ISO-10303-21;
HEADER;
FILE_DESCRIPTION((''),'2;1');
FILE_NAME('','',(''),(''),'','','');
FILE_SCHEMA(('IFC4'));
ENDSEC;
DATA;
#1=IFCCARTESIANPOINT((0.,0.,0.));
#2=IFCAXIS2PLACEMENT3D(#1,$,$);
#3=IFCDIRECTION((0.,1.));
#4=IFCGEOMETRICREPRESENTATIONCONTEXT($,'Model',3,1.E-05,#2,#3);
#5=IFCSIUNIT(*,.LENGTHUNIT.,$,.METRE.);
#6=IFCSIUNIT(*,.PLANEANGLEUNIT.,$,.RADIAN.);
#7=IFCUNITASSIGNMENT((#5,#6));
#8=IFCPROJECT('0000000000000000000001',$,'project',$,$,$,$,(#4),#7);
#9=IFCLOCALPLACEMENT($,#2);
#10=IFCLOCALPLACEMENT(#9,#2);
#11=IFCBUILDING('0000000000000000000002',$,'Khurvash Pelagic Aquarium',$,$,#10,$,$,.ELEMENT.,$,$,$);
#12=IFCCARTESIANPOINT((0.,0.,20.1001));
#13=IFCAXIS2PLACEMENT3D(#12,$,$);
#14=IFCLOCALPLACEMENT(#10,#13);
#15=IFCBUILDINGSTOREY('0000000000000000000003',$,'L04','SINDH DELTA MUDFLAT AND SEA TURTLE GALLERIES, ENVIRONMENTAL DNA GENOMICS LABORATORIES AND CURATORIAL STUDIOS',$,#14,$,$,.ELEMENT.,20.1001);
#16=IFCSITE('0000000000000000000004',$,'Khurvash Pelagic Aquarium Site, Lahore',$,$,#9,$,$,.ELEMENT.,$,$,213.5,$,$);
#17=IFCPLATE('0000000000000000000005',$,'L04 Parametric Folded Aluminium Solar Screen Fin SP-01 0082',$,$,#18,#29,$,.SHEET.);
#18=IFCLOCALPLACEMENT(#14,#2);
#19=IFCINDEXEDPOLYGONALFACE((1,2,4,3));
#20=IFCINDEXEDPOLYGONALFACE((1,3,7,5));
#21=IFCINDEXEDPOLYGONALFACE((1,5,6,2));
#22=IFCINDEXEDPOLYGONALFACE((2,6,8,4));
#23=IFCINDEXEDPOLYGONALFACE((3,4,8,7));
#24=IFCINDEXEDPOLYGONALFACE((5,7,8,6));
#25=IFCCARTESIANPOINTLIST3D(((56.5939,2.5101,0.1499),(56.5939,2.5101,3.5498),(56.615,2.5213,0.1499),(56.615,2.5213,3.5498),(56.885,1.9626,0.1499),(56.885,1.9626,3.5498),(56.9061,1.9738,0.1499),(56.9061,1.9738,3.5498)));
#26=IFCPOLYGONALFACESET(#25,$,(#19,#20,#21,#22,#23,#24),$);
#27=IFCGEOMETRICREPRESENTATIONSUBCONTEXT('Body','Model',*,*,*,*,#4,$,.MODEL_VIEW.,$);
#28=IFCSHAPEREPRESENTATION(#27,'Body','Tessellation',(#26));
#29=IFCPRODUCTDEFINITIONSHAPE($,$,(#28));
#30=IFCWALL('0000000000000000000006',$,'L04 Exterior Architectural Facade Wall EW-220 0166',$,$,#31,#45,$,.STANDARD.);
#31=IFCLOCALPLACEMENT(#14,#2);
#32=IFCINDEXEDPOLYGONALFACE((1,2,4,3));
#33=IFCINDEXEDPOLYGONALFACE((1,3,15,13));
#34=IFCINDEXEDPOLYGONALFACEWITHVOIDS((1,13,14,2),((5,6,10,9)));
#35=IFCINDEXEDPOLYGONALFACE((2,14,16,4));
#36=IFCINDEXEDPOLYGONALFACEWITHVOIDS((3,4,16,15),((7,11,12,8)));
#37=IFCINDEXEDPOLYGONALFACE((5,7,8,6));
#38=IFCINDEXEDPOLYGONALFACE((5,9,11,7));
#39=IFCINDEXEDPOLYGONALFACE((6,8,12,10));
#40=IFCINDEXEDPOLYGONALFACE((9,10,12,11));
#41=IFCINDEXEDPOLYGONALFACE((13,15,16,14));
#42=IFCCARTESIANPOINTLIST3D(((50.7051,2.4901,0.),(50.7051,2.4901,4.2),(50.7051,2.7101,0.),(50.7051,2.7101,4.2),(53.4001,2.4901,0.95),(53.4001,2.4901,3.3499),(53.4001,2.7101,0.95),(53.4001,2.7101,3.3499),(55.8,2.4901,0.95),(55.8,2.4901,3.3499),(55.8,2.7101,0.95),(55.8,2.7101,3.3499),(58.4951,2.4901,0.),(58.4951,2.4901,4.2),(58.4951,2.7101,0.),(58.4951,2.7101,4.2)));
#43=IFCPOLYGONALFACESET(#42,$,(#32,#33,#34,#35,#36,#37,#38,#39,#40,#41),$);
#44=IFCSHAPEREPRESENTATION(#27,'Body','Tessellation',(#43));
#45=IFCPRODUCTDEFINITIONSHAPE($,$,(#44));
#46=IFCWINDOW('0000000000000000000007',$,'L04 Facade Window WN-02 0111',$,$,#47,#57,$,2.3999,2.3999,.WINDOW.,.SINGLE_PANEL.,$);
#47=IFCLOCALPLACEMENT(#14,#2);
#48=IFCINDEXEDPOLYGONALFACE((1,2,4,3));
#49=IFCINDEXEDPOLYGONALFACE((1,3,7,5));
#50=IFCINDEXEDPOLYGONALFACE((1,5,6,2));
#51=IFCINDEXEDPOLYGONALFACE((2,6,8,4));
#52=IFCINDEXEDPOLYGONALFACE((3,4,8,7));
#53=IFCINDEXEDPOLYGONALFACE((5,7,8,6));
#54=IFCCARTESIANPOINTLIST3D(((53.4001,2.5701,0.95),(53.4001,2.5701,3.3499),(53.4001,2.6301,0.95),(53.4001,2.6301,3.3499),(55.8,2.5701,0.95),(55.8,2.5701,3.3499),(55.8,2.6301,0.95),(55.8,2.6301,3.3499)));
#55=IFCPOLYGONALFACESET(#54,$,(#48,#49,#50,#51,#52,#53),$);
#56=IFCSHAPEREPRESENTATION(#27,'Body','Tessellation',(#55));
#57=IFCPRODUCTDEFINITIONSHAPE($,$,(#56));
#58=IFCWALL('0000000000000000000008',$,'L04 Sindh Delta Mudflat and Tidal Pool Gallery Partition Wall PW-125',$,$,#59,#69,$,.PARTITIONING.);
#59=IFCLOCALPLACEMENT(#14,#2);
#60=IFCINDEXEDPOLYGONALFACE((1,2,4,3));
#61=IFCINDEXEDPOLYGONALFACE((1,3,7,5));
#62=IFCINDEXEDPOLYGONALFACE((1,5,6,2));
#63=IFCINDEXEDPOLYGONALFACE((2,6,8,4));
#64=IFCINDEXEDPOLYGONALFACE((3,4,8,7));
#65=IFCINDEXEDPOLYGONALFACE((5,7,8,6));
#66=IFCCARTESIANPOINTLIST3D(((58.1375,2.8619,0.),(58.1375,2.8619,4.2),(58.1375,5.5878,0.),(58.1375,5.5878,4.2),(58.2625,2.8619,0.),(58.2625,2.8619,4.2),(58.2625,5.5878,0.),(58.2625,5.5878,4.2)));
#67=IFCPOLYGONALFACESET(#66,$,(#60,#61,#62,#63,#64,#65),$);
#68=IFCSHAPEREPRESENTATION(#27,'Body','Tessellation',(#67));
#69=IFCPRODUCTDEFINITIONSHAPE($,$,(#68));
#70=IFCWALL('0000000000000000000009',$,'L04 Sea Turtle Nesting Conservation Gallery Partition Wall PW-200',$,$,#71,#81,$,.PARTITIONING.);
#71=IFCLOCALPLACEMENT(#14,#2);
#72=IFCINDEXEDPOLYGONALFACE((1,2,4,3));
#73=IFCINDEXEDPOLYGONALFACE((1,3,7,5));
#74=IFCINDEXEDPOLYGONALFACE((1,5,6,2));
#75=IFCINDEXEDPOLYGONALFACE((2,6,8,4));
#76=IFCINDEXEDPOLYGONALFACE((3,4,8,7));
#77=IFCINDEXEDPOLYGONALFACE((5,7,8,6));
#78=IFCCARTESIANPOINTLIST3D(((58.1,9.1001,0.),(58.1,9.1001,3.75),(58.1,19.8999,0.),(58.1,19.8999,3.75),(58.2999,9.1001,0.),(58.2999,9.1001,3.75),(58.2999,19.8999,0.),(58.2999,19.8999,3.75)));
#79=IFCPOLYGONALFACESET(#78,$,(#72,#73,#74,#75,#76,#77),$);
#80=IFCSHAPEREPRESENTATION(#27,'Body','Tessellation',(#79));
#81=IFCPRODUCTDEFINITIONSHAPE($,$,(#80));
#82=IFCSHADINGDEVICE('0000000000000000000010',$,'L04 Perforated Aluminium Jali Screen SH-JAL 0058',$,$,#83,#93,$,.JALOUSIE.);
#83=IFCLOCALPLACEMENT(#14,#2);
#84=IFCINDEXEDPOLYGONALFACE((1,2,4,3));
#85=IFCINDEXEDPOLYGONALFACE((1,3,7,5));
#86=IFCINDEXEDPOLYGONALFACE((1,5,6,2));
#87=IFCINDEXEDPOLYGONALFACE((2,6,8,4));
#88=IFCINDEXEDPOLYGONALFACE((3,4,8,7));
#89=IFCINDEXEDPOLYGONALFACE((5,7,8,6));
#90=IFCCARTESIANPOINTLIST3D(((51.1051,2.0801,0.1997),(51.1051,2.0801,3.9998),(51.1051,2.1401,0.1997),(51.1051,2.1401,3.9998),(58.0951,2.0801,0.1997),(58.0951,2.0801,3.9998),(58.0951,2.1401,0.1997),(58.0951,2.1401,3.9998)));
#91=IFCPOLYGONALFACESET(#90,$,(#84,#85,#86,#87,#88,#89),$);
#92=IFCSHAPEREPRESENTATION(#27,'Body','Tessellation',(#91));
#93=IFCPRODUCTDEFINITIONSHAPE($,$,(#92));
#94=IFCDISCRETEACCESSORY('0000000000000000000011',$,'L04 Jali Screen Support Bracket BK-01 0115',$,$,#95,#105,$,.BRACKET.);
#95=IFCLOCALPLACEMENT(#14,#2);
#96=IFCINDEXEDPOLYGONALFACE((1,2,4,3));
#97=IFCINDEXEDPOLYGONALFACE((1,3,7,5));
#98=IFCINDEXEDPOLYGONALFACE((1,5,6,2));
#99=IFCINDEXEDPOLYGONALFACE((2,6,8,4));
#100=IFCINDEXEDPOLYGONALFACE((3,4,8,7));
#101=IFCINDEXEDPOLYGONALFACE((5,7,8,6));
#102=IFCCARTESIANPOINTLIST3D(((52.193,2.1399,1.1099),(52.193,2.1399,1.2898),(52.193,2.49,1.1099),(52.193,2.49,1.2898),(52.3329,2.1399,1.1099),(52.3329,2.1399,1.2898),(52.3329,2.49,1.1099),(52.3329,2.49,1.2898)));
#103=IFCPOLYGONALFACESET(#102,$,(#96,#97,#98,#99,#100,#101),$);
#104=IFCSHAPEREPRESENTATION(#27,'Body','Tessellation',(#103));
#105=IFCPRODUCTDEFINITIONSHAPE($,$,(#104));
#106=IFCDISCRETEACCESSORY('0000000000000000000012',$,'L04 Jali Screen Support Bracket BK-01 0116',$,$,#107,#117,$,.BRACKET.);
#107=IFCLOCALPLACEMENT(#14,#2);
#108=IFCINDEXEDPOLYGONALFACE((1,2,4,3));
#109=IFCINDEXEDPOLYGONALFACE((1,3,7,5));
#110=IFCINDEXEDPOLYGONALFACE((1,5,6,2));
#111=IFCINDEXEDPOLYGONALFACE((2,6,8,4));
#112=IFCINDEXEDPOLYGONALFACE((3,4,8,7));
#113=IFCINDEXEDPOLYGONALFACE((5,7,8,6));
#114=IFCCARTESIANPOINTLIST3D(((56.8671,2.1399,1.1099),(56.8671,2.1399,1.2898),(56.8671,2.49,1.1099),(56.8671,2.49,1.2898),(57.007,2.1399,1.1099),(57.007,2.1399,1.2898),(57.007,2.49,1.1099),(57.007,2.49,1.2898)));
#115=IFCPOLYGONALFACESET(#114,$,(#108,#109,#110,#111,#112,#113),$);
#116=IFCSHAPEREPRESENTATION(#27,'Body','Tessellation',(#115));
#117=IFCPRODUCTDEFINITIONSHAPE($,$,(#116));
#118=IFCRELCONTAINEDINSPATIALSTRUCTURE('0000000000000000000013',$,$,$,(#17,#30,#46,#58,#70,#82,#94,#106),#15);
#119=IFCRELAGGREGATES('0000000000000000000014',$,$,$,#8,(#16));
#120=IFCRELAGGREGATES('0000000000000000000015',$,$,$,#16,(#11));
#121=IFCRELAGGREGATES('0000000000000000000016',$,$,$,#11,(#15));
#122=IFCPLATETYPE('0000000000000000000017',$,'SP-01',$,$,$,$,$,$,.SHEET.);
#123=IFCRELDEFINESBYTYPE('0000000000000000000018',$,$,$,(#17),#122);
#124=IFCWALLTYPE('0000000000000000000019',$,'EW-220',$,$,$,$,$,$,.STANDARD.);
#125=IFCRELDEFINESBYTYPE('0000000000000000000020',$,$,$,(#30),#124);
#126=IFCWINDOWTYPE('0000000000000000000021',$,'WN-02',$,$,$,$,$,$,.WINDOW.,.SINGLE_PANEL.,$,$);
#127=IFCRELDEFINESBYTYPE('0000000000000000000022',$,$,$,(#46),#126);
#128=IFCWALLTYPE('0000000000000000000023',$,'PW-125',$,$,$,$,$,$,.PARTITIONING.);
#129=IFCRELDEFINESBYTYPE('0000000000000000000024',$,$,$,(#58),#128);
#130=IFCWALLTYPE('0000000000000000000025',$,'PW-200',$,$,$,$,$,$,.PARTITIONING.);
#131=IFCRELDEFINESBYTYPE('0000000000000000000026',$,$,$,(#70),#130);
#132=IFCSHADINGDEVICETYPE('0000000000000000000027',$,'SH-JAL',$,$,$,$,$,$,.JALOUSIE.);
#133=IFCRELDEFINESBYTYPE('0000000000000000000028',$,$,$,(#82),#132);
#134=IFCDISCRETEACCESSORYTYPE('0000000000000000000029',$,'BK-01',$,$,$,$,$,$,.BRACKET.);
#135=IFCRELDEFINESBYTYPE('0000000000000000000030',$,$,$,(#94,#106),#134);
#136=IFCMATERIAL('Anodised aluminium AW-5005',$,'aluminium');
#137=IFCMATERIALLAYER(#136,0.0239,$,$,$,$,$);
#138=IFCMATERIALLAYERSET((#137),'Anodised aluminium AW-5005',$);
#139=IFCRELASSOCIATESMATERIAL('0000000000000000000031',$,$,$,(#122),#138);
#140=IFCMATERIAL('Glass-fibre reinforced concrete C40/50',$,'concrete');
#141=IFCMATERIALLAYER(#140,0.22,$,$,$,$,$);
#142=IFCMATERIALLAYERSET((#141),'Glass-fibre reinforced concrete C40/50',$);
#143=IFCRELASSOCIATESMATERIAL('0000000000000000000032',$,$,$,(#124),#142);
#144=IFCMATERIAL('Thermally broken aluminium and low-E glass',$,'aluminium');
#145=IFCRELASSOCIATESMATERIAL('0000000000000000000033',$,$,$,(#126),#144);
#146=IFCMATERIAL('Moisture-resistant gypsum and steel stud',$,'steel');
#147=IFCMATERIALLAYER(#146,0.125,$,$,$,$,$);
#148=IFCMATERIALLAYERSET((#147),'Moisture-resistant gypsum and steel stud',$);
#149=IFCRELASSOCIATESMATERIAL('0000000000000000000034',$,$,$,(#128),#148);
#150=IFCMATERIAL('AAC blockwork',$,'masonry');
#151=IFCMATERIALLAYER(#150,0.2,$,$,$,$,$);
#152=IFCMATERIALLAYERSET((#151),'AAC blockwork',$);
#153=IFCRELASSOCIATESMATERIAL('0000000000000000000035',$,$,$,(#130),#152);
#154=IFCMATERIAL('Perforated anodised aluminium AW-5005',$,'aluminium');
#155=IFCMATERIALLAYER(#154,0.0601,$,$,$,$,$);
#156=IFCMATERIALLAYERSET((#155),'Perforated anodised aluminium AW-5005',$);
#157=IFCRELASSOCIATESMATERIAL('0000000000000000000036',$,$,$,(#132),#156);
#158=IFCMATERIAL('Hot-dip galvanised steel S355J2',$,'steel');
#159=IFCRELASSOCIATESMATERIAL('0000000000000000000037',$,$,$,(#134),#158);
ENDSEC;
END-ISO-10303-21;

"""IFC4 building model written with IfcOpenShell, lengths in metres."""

from ifc_helpers import new_model, si_unit, direction, frame, frame_2d, origin, origin_2d, place, context, subcontext, project, spatial, rectangle, extrude, material, layer, layer_set, type_object, element, fill, save


model = new_model("IFC4")

# Units and contexts
model_context = context("Model", 3, precision=1e-05, world=origin(), true_north=direction((0.0, 1.0)))
body_context = subcontext(model_context, "Body", "Model", "MODEL_VIEW")
ifc_project = project(units=[si_unit("LENGTHUNIT", "METRE"), si_unit("PLANEANGLEUNIT", "RADIAN")], contexts=[model_context])

# Site, building, storey
site_placement = place(None, origin())
site = spatial("IfcSite", under=ifc_project, at=site_placement, Name="Khurvash Pelagic Aquarium Site, Lahore", CompositionType="ELEMENT", RefElevation=213.5)
building_placement = place(site_placement, origin())
building = spatial("IfcBuilding", under=site, at=building_placement, Name="Khurvash Pelagic Aquarium", CompositionType="ELEMENT")
storey_placement = place(building_placement, frame((0.0, 0.0, 20.1001)))
storey = spatial("IfcBuildingStorey", under=building, at=storey_placement, Name="L04", Description="SINDH DELTA MUDFLAT AND SEA TURTLE GALLERIES, ENVIRONMENTAL DNA GENOMICS LABORATORIES AND CURATORIAL STUDIOS", CompositionType="ELEMENT", Elevation=20.1001)

# Plate
ifc_material_1 = material(Name="Anodised aluminium AW-5005", Category="aluminium")
ifc_layer_1 = layer(ifc_material_1, 0.0239)
ifc_layer_set_1 = layer_set([ifc_layer_1], Name="Anodised aluminium AW-5005")
plate_type = type_object("IfcPlateType", Name="SP-01", PredefinedType="SHEET", material=ifc_layer_set_1)
for number, where, z_axis, x_axis, name in (
    (1, (56.75, 2.2419, 0.1499), (0.0, 0.0, 1.0), (0.469472, -0.882948, 0.0), "L04 Parametric Folded Aluminium Solar Screen Fin SP-01 0082"),
):
    element("IfcPlate", number, at=place(storey_placement, frame(where, z_axis=z_axis, x_axis=x_axis)), inside=storey, type_object=plate_type, Name=name, PredefinedType="SHEET", context=body_context, shape_type="SweptSolid", body=[
        extrude(rectangle(XDim=0.6201, YDim=0.0239, at=origin_2d()), origin(), (0.0, 0.0, 1.0), 3.3999),
    ])

# Wall, opening, window
ifc_material_2 = material(Name="Glass-fibre reinforced concrete C40/50", Category="concrete")
ifc_layer_2 = layer(ifc_material_2, 0.22)
ifc_layer_set_2 = layer_set([ifc_layer_2], Name="Glass-fibre reinforced concrete C40/50")
wall_type_1 = type_object("IfcWallType", Name="EW-220", PredefinedType="STANDARD", material=ifc_layer_set_2)
wall_1_placement = place(storey_placement, frame((50.7051, 2.6001, 0.0), z_axis=(0.0, 0.0, 1.0), x_axis=(1.0, 0.0, 0.0)))
wall_1 = element("IfcWall", 2, at=wall_1_placement, inside=storey, type_object=wall_type_1, Name="L04 Exterior Architectural Facade Wall EW-220 0166", PredefinedType="STANDARD", context=body_context, shape_type="SweptSolid", body=[
    extrude(rectangle(XDim=7.79, YDim=0.22, at=frame_2d((3.895, 0.0))), origin(), (0.0, 0.0, 1.0), 4.2),
])
opening_placement = place(wall_1_placement, frame((2.6951, 0.0, 0.95)))
opening = element("IfcOpeningElement", 3, at=opening_placement, cuts=wall_1, PredefinedType="OPENING", context=body_context, shape_type="SweptSolid", body=[
    extrude(rectangle(XDim=2.3999, YDim=2.3999, at=frame_2d((1.2, 1.2))), frame((0.0, 0.1201, 0.0), z_axis=(0.0, -1.0, 0.0), x_axis=(1.0, 0.0, 0.0)), (0.0, 0.0, 1.0), 0.24),
])
ifc_material_3 = material(Name="Thermally broken aluminium and low-E glass", Category="aluminium")
window_type = type_object("IfcWindowType", Name="WN-02", PartitioningType="SINGLE_PANEL", PredefinedType="WINDOW", material=ifc_material_3)
window_placement = place(opening_placement, origin())
window = element("IfcWindow", 4, at=window_placement, inside=storey, type_object=window_type, Name="L04 Facade Window WN-02 0111", OverallHeight=2.3999, OverallWidth=2.3999, PartitioningType="SINGLE_PANEL", PredefinedType="WINDOW", context=body_context, shape_type="SweptSolid", body=[
    extrude(rectangle(XDim=2.3999, YDim=2.3999, at=frame_2d((1.2, 1.2))), frame((0.0, 0.03, 0.0), z_axis=(0.0, -1.0, 0.0), x_axis=(1.0, 0.0, 0.0)), (0.0, 0.0, 1.0), 0.0601),
])
fill(opening, window)

# Walls
ifc_material_4 = material(Name="Moisture-resistant gypsum and steel stud", Category="steel")
ifc_layer_3 = layer(ifc_material_4, 0.125)
ifc_layer_set_3 = layer_set([ifc_layer_3], Name="Moisture-resistant gypsum and steel stud")
wall_type_2 = type_object("IfcWallType", Name="PW-125", PredefinedType="PARTITIONING", material=ifc_layer_set_3)
wall_2_placement = place(storey_placement, frame((58.2, 2.8621, 0.0), z_axis=(0.0, 0.0, 1.0), x_axis=(0.0, 1.0, 0.0)))
element("IfcWall", 5, at=wall_2_placement, inside=storey, type_object=wall_type_2, Name="L04 Sindh Delta Mudflat and Tidal Pool Gallery Partition Wall PW-125", PredefinedType="PARTITIONING", context=body_context, shape_type="SweptSolid", body=[
    extrude(rectangle(XDim=2.7258, YDim=0.125, at=frame_2d((1.3628, 0.0))), origin(), (0.0, 0.0, 1.0), 4.2),
])
ifc_material_5 = material(Name="AAC blockwork", Category="masonry")
ifc_layer_4 = layer(ifc_material_5, 0.2)
ifc_layer_set_4 = layer_set([ifc_layer_4], Name="AAC blockwork")
wall_type_3 = type_object("IfcWallType", Name="PW-200", PredefinedType="PARTITIONING", material=ifc_layer_set_4)
wall_3_placement = place(storey_placement, frame((58.2, 9.1001, 0.0), z_axis=(0.0, 0.0, 1.0), x_axis=(0.0, 1.0, 0.0)))
element("IfcWall", 6, at=wall_3_placement, inside=storey, type_object=wall_type_3, Name="L04 Sea Turtle Nesting Conservation Gallery Partition Wall PW-200", PredefinedType="PARTITIONING", context=body_context, shape_type="SweptSolid", body=[
    extrude(rectangle(XDim=10.7998, YDim=0.2, at=frame_2d((5.3999, 0.0))), origin(), (0.0, 0.0, 1.0), 3.75),
])

# Shading device
ifc_material_6 = material(Name="Perforated anodised aluminium AW-5005", Category="aluminium")
ifc_layer_5 = layer(ifc_material_6, 0.0601)
ifc_layer_set_5 = layer_set([ifc_layer_5], Name="Perforated anodised aluminium AW-5005")
shading_device_type = type_object("IfcShadingDeviceType", Name="SH-JAL", PredefinedType="JALOUSIE", material=ifc_layer_set_5)
shading_device_placement = place(storey_placement, frame((54.6001, 2.1101, 0.1997), z_axis=(0.0, 0.0, 1.0), x_axis=(1.0, 0.0, 0.0)))
element("IfcShadingDevice", 7, at=shading_device_placement, inside=storey, type_object=shading_device_type, Name="L04 Perforated Aluminium Jali Screen SH-JAL 0058", PredefinedType="JALOUSIE", context=body_context, shape_type="SweptSolid", body=[
    extrude(rectangle(XDim=6.99, YDim=0.0601, at=origin_2d()), origin(), (0.0, 0.0, 1.0), 3.8),
])

# Discrete accessories
ifc_material_7 = material(Name="Hot-dip galvanised steel S355J2", Category="steel")
discrete_accessory_type = type_object("IfcDiscreteAccessoryType", Name="BK-01", PredefinedType="BRACKET", material=ifc_material_7)
for number, where, z_axis, x_axis, name in (
    (8, (52.2629, 2.3149, 1.1099), (0.0, 0.0, 1.0), (1.0, 0.0, 0.0), "L04 Jali Screen Support Bracket BK-01 0115"),
    (9, (56.937, 2.3149, 1.1099), (0.0, 0.0, 1.0), (1.0, 0.0, 0.0), "L04 Jali Screen Support Bracket BK-01 0116"),
):
    element("IfcDiscreteAccessory", number, at=place(storey_placement, frame(where, z_axis=z_axis, x_axis=x_axis)), inside=storey, type_object=discrete_accessory_type, Name=name, PredefinedType="BRACKET", context=body_context, shape_type="SweptSolid", body=[
        extrude(rectangle(XDim=0.1399, YDim=0.3501, at=origin_2d()), origin(), (0.0, 0.0, 1.0), 0.1799),
    ])

save(model, "model.ifc")
